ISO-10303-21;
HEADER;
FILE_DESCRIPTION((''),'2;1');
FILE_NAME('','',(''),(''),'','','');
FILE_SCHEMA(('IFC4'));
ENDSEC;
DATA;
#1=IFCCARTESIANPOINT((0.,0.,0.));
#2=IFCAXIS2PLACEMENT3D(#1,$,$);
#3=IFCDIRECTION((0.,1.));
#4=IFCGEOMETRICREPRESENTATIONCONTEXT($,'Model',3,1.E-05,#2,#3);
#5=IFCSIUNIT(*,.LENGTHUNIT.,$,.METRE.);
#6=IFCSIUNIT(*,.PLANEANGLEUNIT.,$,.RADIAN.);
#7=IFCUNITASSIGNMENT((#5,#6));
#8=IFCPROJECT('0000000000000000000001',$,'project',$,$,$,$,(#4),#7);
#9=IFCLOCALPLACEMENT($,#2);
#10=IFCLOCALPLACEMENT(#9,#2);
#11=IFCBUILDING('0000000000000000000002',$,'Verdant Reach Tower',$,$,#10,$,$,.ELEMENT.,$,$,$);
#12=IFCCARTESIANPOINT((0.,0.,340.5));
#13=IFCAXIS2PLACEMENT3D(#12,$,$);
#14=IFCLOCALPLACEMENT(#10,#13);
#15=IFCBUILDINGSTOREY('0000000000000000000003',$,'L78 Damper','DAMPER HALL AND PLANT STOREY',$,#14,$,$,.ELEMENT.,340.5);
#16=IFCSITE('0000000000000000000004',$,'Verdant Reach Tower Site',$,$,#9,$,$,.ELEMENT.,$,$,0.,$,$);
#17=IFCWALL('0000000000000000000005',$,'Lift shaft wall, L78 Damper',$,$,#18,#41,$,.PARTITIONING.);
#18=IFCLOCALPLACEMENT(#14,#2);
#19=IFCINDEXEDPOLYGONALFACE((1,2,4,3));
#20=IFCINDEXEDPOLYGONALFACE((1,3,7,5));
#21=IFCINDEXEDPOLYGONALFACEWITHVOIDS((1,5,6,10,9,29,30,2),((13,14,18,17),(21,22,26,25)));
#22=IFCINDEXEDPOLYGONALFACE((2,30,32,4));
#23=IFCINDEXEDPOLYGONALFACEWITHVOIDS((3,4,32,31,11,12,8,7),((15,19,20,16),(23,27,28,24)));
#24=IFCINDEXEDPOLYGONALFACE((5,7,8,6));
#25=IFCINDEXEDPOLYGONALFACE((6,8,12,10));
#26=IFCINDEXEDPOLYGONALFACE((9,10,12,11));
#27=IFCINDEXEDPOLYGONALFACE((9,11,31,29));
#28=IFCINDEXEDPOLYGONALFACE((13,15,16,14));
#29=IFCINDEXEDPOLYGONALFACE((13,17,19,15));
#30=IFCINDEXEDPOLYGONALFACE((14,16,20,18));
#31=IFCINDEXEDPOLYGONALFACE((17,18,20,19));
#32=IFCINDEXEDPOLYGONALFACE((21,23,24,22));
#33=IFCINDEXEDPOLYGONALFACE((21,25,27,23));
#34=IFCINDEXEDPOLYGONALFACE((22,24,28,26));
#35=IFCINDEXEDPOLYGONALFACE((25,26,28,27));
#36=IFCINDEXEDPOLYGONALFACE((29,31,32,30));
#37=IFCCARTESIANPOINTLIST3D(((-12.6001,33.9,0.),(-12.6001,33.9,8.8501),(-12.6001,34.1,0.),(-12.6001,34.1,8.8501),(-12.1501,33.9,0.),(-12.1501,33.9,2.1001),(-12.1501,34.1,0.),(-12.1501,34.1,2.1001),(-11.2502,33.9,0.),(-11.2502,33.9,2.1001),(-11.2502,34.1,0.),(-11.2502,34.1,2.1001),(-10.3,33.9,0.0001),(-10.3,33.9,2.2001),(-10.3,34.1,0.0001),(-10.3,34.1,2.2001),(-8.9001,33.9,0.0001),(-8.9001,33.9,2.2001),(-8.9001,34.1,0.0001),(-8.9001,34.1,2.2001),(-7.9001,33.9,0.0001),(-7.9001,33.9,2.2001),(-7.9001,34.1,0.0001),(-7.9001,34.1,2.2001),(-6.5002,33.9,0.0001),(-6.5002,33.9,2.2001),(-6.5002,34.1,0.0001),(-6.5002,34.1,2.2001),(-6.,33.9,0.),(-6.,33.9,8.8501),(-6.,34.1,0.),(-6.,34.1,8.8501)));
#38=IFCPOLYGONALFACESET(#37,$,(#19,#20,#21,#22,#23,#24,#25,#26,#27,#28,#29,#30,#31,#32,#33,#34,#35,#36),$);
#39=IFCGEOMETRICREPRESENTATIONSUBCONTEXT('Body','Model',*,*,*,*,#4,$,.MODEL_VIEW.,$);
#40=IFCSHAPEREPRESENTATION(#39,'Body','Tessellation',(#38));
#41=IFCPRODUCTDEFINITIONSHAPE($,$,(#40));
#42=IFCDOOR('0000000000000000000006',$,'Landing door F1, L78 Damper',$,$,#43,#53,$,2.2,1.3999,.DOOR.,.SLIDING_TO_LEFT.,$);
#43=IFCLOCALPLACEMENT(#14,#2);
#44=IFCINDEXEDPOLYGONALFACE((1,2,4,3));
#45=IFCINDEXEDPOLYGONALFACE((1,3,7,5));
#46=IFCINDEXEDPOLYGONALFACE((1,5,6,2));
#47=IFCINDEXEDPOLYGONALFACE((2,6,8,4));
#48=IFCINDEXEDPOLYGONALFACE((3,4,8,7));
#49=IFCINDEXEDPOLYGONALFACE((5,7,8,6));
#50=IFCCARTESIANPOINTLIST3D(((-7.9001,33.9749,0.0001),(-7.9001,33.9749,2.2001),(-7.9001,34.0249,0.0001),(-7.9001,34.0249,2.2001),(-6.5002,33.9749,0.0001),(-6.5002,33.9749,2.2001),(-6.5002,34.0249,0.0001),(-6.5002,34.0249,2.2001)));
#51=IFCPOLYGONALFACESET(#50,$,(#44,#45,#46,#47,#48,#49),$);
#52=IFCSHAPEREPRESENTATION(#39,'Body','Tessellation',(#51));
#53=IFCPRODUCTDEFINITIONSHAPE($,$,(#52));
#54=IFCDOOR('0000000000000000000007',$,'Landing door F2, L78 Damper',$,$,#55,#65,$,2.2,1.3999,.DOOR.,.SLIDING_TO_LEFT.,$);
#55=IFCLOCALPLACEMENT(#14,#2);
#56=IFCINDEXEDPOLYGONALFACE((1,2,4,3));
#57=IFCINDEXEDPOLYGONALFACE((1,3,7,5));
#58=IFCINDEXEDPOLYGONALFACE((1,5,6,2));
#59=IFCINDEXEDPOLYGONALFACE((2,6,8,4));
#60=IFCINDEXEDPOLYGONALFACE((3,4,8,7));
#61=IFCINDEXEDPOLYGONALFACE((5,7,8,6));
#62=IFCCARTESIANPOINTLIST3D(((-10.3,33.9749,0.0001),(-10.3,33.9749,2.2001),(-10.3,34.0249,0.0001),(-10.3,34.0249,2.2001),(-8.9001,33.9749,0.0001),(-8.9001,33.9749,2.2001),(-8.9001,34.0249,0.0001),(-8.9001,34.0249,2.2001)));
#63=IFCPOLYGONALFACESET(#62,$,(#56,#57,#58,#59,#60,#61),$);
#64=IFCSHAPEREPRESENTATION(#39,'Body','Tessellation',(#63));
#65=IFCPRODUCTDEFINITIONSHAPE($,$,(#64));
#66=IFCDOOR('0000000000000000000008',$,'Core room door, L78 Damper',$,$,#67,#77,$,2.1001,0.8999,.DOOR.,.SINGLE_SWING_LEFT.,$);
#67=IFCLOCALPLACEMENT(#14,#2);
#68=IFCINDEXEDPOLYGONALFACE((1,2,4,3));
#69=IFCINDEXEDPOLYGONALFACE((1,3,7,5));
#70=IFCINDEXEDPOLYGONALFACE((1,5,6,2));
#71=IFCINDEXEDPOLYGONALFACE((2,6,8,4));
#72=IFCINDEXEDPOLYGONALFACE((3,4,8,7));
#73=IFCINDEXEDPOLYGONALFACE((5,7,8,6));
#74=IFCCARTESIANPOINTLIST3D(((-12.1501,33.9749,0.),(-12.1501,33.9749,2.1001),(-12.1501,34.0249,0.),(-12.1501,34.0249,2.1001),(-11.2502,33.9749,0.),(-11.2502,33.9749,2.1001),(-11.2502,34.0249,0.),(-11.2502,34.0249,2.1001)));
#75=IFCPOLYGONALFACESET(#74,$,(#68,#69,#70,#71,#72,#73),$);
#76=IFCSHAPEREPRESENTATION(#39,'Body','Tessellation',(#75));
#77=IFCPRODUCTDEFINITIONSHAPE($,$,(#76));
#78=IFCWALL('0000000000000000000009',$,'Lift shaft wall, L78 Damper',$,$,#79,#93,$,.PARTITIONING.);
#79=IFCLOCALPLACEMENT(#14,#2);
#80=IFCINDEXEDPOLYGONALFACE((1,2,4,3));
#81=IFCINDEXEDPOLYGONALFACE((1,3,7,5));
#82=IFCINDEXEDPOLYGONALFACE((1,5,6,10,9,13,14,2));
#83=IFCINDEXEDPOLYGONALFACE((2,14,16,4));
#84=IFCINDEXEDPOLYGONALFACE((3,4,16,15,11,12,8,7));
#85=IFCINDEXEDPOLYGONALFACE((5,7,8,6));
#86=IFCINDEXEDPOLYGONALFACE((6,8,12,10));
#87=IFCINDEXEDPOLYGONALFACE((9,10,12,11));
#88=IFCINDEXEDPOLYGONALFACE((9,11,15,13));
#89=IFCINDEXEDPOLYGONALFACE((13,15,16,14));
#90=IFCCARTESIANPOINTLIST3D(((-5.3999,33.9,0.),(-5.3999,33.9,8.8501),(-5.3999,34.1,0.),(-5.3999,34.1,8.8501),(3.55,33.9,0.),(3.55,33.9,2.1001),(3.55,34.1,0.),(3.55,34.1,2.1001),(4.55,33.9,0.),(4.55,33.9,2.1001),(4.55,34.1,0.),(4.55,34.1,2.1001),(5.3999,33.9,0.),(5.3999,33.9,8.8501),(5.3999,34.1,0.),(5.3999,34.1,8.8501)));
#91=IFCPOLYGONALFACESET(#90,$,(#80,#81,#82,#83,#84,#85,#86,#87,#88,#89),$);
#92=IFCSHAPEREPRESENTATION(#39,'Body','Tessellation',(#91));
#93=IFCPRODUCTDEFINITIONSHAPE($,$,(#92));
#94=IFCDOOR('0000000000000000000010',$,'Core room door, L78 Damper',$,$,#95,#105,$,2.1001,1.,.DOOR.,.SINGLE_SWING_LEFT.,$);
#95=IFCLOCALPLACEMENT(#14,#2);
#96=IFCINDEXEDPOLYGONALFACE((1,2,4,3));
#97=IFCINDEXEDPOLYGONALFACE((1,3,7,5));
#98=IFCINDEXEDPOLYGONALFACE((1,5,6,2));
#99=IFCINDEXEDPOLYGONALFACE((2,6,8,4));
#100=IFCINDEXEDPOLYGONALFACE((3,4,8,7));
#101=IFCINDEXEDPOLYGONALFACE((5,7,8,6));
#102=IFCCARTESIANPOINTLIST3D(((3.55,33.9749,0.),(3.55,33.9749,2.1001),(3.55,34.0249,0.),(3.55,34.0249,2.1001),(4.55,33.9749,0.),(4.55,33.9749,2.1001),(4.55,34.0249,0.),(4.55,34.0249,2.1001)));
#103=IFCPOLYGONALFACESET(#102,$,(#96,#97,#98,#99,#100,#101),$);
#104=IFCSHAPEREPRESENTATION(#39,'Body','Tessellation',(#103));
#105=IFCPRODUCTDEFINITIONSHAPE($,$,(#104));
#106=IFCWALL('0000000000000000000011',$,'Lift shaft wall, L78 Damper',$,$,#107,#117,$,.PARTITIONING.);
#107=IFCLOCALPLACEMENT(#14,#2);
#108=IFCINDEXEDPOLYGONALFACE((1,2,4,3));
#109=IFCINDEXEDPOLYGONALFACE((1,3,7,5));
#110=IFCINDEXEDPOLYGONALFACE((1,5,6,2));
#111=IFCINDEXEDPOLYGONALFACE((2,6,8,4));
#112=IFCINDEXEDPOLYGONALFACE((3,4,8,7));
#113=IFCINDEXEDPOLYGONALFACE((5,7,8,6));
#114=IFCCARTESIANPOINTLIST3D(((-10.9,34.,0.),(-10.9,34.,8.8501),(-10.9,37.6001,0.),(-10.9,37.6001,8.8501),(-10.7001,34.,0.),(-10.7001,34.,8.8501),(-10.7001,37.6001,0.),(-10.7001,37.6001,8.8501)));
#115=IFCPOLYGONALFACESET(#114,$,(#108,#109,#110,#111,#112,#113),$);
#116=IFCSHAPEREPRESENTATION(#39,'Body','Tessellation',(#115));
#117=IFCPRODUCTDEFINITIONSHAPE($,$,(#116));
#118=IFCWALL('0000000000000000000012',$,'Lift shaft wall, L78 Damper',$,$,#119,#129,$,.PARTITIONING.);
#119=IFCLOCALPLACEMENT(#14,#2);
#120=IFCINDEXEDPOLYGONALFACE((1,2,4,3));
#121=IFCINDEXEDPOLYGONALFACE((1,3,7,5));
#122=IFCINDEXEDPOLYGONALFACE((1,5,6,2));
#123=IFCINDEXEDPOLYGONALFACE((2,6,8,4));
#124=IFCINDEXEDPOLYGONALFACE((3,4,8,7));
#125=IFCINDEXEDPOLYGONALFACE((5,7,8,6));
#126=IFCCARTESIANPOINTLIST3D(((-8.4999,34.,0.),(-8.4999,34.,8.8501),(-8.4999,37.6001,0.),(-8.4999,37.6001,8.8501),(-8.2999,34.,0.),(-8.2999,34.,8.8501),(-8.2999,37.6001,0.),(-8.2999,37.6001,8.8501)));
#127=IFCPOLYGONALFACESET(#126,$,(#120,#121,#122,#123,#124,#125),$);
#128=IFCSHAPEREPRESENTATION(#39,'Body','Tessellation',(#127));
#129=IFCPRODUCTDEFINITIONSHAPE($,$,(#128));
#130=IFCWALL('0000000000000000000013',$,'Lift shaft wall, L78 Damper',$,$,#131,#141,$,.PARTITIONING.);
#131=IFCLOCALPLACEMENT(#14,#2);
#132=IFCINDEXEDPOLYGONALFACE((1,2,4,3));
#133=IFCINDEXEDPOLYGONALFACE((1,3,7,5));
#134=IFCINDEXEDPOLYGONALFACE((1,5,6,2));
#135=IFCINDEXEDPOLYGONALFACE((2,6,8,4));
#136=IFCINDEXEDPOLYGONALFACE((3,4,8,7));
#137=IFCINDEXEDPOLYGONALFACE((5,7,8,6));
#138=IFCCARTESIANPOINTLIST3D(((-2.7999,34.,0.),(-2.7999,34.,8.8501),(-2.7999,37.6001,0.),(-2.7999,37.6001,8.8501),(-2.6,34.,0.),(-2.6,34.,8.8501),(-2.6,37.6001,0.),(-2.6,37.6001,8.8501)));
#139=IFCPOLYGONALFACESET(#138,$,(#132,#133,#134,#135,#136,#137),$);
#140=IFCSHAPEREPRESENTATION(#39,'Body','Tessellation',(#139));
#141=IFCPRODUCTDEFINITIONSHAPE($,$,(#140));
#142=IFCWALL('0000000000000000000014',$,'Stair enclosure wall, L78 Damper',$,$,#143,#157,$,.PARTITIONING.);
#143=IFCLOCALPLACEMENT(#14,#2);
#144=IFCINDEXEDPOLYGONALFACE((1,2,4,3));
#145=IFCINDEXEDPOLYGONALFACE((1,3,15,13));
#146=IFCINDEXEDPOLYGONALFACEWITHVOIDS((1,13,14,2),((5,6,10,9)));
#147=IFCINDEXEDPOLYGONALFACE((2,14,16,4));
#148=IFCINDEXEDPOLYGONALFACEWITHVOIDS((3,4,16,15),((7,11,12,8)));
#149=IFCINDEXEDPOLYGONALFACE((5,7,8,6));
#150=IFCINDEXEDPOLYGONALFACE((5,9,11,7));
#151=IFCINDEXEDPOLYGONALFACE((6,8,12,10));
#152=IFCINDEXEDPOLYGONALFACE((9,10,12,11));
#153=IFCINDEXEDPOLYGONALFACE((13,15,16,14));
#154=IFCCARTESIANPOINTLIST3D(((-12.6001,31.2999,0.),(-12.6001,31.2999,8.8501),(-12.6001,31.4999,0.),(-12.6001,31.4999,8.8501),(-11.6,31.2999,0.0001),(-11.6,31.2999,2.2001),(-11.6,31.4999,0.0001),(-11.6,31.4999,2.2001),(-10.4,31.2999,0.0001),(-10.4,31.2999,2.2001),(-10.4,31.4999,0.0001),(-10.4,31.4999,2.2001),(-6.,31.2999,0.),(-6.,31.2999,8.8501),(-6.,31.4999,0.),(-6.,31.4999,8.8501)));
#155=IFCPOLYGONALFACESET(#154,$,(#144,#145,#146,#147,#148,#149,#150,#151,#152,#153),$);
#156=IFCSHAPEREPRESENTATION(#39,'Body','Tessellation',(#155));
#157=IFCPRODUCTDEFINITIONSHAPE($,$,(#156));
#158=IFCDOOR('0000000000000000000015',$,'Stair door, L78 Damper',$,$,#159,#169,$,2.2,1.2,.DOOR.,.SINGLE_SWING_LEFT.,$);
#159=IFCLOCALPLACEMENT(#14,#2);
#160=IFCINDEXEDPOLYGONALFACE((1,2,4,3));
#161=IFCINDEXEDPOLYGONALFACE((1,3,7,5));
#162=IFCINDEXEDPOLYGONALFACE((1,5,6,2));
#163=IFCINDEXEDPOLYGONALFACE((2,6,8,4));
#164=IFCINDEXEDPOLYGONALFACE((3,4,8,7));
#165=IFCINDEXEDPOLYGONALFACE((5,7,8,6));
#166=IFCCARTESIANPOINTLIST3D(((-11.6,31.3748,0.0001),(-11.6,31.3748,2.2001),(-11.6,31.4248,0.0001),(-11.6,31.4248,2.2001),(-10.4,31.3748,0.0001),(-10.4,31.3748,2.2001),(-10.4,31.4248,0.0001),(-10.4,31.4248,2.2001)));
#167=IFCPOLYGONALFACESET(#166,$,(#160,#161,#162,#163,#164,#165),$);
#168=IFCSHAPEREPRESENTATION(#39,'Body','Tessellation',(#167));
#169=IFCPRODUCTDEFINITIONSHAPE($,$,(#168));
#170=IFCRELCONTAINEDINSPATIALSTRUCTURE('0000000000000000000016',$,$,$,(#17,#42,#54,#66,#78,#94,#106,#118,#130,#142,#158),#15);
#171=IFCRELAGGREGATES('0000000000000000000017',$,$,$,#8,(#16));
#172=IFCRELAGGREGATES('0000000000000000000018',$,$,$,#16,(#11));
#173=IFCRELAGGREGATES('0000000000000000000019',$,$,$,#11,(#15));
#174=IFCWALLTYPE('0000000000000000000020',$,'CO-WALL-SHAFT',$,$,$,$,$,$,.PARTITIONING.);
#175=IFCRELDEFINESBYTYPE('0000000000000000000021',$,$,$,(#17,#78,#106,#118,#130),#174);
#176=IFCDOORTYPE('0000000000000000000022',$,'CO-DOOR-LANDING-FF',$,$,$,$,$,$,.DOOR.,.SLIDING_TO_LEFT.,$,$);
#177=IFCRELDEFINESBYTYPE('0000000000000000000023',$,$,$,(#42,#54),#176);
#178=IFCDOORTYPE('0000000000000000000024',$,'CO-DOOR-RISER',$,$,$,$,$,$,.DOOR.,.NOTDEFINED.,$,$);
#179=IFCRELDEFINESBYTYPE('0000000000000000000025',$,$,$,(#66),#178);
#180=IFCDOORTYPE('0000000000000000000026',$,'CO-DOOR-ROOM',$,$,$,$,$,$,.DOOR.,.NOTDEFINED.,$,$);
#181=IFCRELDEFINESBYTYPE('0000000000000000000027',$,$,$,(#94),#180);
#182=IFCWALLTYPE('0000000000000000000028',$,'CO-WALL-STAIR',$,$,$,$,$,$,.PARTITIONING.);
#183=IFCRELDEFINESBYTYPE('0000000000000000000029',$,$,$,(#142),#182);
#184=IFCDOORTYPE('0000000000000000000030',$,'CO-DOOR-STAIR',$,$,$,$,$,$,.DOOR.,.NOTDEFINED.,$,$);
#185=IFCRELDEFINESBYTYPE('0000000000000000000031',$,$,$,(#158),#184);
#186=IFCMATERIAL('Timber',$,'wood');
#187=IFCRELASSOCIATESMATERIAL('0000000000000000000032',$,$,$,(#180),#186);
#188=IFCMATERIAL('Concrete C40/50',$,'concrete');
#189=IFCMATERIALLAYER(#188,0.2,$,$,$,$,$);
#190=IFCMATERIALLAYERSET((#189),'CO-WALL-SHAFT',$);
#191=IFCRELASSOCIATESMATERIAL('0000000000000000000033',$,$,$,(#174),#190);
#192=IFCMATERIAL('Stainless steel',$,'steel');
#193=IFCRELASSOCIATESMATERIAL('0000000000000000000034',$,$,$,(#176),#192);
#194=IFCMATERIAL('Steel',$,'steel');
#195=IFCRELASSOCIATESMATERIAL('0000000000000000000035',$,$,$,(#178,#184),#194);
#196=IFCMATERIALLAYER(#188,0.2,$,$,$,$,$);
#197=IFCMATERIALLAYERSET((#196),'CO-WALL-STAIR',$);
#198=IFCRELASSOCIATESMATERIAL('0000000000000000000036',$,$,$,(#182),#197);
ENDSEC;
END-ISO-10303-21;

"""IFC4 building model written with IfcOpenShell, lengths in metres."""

from ifc_helpers import new_model, si_unit, direction, frame, frame_2d, origin, place, context, subcontext, project, spatial, rectangle, extrude, material, layer, layer_set, type_object, element, fill, save


model = new_model("IFC4")

# Units and contexts
model_context = context("Model", 3, precision=1e-05, world=origin(), true_north=direction((0.0, 1.0)))
body_context = subcontext(model_context, "Body", "Model", "MODEL_VIEW")
ifc_project = project(units=[si_unit("LENGTHUNIT", "METRE"), si_unit("PLANEANGLEUNIT", "RADIAN")], contexts=[model_context])

# Site, building, storey
site_placement = place(None, origin())
site = spatial("IfcSite", under=ifc_project, at=site_placement, Name="Verdant Reach Tower Site", CompositionType="ELEMENT", RefElevation=0.0)
building_placement = place(site_placement, origin())
building = spatial("IfcBuilding", under=site, at=building_placement, Name="Verdant Reach Tower", CompositionType="ELEMENT")
storey_placement = place(building_placement, frame((0.0, 0.0, 340.5)))
storey = spatial("IfcBuildingStorey", under=building, at=storey_placement, Name="L78 Damper", Description="DAMPER HALL AND PLANT STOREY", CompositionType="ELEMENT", Elevation=340.5)

# Shared definitions
ifc_material_1 = material(Name="Timber", Category="wood")
door_type_1 = type_object("IfcDoorType", Name="CO-DOOR-ROOM", OperationType="NOTDEFINED", PredefinedType="DOOR", material=ifc_material_1)

# Wall, openings, doors
ifc_material_2 = material(Name="Concrete C40/50", Category="concrete")
ifc_layer_1 = layer(ifc_material_2, 0.2)
ifc_layer_set_1 = layer_set([ifc_layer_1], Name="CO-WALL-SHAFT")
wall_type_1 = type_object("IfcWallType", Name="CO-WALL-SHAFT", PredefinedType="PARTITIONING", material=ifc_layer_set_1)
wall_1_placement = place(storey_placement, frame((-12.6001, 34.0, 0.0), z_axis=(0.0, 0.0, 1.0), x_axis=(1.0, 0.0, 0.0)))
wall_1 = element("IfcWall", 1, at=wall_1_placement, inside=storey, type_object=wall_type_1, Name="Lift shaft wall, L78 Damper", PredefinedType="PARTITIONING", context=body_context, shape_type="SweptSolid", body=[
    extrude(rectangle(XDim=6.6001, YDim=0.2, at=frame_2d((3.3, 0.0))), origin(), (0.0, 0.0, 1.0), 8.8501),
])
opening_1_placement = place(wall_1_placement, frame((4.7, 0.0, 0.0)))
opening_1 = element("IfcOpeningElement", 2, at=opening_1_placement, cuts=wall_1, PredefinedType="OPENING", context=body_context, shape_type="SweptSolid", body=[
    extrude(rectangle(XDim=1.3999, YDim=2.2, at=frame_2d((0.7, 1.1001))), frame((0.0, 0.1099, 0.0), z_axis=(0.0, -1.0, 0.0), x_axis=(1.0, 0.0, 0.0)), (0.0, 0.0, 1.0), 0.22),
])
opening_2_placement = place(wall_1_placement, frame((2.3, 0.0, 0.0)))
opening_2 = element("IfcOpeningElement", 3, at=opening_2_placement, cuts=wall_1, PredefinedType="OPENING", context=body_context, shape_type="SweptSolid", body=[
    extrude(rectangle(XDim=1.3999, YDim=2.2, at=frame_2d((0.7, 1.1001))), frame((0.0, 0.1099, 0.0), z_axis=(0.0, -1.0, 0.0), x_axis=(1.0, 0.0, 0.0)), (0.0, 0.0, 1.0), 0.22),
])
opening_3_placement = place(wall_1_placement, frame((0.45, 0.0, 0.0)))
opening_3 = element("IfcOpeningElement", 4, at=opening_3_placement, cuts=wall_1, PredefinedType="OPENING", context=body_context, shape_type="SweptSolid", body=[
    extrude(rectangle(XDim=0.8999, YDim=2.1001, at=frame_2d((0.45, 1.05))), frame((0.0, 0.1099, 0.0), z_axis=(0.0, -1.0, 0.0), x_axis=(1.0, 0.0, 0.0)), (0.0, 0.0, 1.0), 0.22),
])
ifc_material_3 = material(Name="Stainless steel", Category="steel")
door_type_2 = type_object("IfcDoorType", Name="CO-DOOR-LANDING-FF", OperationType="SLIDING_TO_LEFT", PredefinedType="DOOR", material=ifc_material_3)
door_1_placement = place(opening_1_placement, origin())
door_1 = element("IfcDoor", 5, at=door_1_placement, inside=storey, type_object=door_type_2, Name="Landing door F1, L78 Damper", OperationType="SLIDING_TO_LEFT", OverallHeight=2.2, OverallWidth=1.3999, PredefinedType="DOOR", context=body_context, shape_type="SweptSolid", body=[
    extrude(rectangle(XDim=1.3999, YDim=2.2, at=frame_2d((0.7, 1.1001))), frame((0.0, 0.0249, 0.0), z_axis=(0.0, -1.0, 0.0), x_axis=(1.0, 0.0, 0.0)), (0.0, 0.0, 1.0), 0.05),
])
fill(opening_1, door_1)
door_2_placement = place(opening_2_placement, origin())
door_2 = element("IfcDoor", 6, at=door_2_placement, inside=storey, type_object=door_type_2, Name="Landing door F2, L78 Damper", OperationType="SLIDING_TO_LEFT", OverallHeight=2.2, OverallWidth=1.3999, PredefinedType="DOOR", context=body_context, shape_type="SweptSolid", body=[
    extrude(rectangle(XDim=1.3999, YDim=2.2, at=frame_2d((0.7, 1.1001))), frame((0.0, 0.0249, 0.0), z_axis=(0.0, -1.0, 0.0), x_axis=(1.0, 0.0, 0.0)), (0.0, 0.0, 1.0), 0.05),
])
fill(opening_2, door_2)
ifc_material_4 = material(Name="Steel", Category="steel")
door_type_3 = type_object("IfcDoorType", Name="CO-DOOR-RISER", OperationType="NOTDEFINED", PredefinedType="DOOR", material=ifc_material_4)
door_3_placement = place(opening_3_placement, origin())
door_3 = element("IfcDoor", 7, at=door_3_placement, inside=storey, type_object=door_type_3, Name="Core room door, L78 Damper", OperationType="SINGLE_SWING_LEFT", OverallHeight=2.1001, OverallWidth=0.8999, PredefinedType="DOOR", context=body_context, shape_type="SweptSolid", body=[
    extrude(rectangle(XDim=0.8999, YDim=2.1001, at=frame_2d((0.45, 1.05))), frame((0.0, 0.0249, 0.0), z_axis=(0.0, -1.0, 0.0), x_axis=(1.0, 0.0, 0.0)), (0.0, 0.0, 1.0), 0.05),
])
fill(opening_3, door_3)

# Wall, opening, door
wall_2_placement = place(storey_placement, frame((-5.3999, 34.0, 0.0), z_axis=(0.0, 0.0, 1.0), x_axis=(1.0, 0.0, 0.0)))
wall_2 = element("IfcWall", 8, at=wall_2_placement, inside=storey, type_object=wall_type_1, Name="Lift shaft wall, L78 Damper", PredefinedType="PARTITIONING", context=body_context, shape_type="SweptSolid", body=[
    extrude(rectangle(XDim=10.7998, YDim=0.2, at=frame_2d((5.3999, 0.0))), origin(), (0.0, 0.0, 1.0), 8.8501),
])
opening_4_placement = place(wall_2_placement, frame((8.95, 0.0, 0.0)))
opening_4 = element("IfcOpeningElement", 9, at=opening_4_placement, cuts=wall_2, PredefinedType="OPENING", context=body_context, shape_type="SweptSolid", body=[
    extrude(rectangle(XDim=1.0, YDim=2.1001, at=frame_2d((0.5, 1.05))), frame((0.0, 0.1099, 0.0), z_axis=(0.0, -1.0, 0.0), x_axis=(1.0, 0.0, 0.0)), (0.0, 0.0, 1.0), 0.22),
])
door_4_placement = place(opening_4_placement, origin())
door_4 = element("IfcDoor", 10, at=door_4_placement, inside=storey, type_object=door_type_1, Name="Core room door, L78 Damper", OperationType="SINGLE_SWING_LEFT", OverallHeight=2.1001, OverallWidth=1.0, PredefinedType="DOOR", context=body_context, shape_type="SweptSolid", body=[
    extrude(rectangle(XDim=1.0, YDim=2.1001, at=frame_2d((0.5, 1.05))), frame((0.0, 0.0249, 0.0), z_axis=(0.0, -1.0, 0.0), x_axis=(1.0, 0.0, 0.0)), (0.0, 0.0, 1.0), 0.05),
])
fill(opening_4, door_4)

# Walls
for number, where, z_axis, x_axis, name in (
    (11, (-10.8, 34.0, 0.0), (0.0, 0.0, 1.0), (0.0, 1.0, 0.0), "Lift shaft wall, L78 Damper"),
    (12, (-8.3999, 34.0, 0.0), (0.0, 0.0, 1.0), (0.0, 1.0, 0.0), "Lift shaft wall, L78 Damper"),
    (13, (-2.7, 34.0, 0.0), (0.0, 0.0, 1.0), (0.0, 1.0, 0.0), "Lift shaft wall, L78 Damper"),
):
    element("IfcWall", number, at=place(storey_placement, frame(where, z_axis=z_axis, x_axis=x_axis)), inside=storey, type_object=wall_type_1, Name=name, PredefinedType="PARTITIONING", context=body_context, shape_type="SweptSolid", body=[
        extrude(rectangle(XDim=3.6001, YDim=0.2, at=frame_2d((1.8, 0.0))), origin(), (0.0, 0.0, 1.0), 8.8501),
    ])

# Wall, opening, door
ifc_layer_2 = layer(ifc_material_2, 0.2)
ifc_layer_set_2 = layer_set([ifc_layer_2], Name="CO-WALL-STAIR")
wall_type_2 = type_object("IfcWallType", Name="CO-WALL-STAIR", PredefinedType="PARTITIONING", material=ifc_layer_set_2)
wall_3_placement = place(storey_placement, frame((-12.6001, 31.3999, 0.0), z_axis=(0.0, 0.0, 1.0), x_axis=(1.0, 0.0, 0.0)))
wall_3 = element("IfcWall", 14, at=wall_3_placement, inside=storey, type_object=wall_type_2, Name="Stair enclosure wall, L78 Damper", PredefinedType="PARTITIONING", context=body_context, shape_type="SweptSolid", body=[
    extrude(rectangle(XDim=6.6001, YDim=0.2, at=frame_2d((3.3, 0.0))), origin(), (0.0, 0.0, 1.0), 8.8501),
])
opening_5_placement = place(wall_3_placement, frame((1.0, 0.0, 0.0)))
opening_5 = element("IfcOpeningElement", 15, at=opening_5_placement, cuts=wall_3, PredefinedType="OPENING", context=body_context, shape_type="SweptSolid", body=[
    extrude(rectangle(XDim=1.2, YDim=2.2, at=frame_2d((0.6001, 1.1001))), frame((0.0, 0.1099, 0.0), z_axis=(0.0, -1.0, 0.0), x_axis=(1.0, 0.0, 0.0)), (0.0, 0.0, 1.0), 0.22),
])
door_type_4 = type_object("IfcDoorType", Name="CO-DOOR-STAIR", OperationType="NOTDEFINED", PredefinedType="DOOR", material=ifc_material_4)
door_5_placement = place(opening_5_placement, origin())
door_5 = element("IfcDoor", 16, at=door_5_placement, inside=storey, type_object=door_type_4, Name="Stair door, L78 Damper", OperationType="SINGLE_SWING_LEFT", OverallHeight=2.2, OverallWidth=1.2, PredefinedType="DOOR", context=body_context, shape_type="SweptSolid", body=[
    extrude(rectangle(XDim=1.2, YDim=2.2, at=frame_2d((0.6001, 1.1001))), frame((0.0, 0.0249, 0.0), z_axis=(0.0, -1.0, 0.0), x_axis=(1.0, 0.0, 0.0)), (0.0, 0.0, 1.0), 0.05),
])
fill(opening_5, door_5)

save(model, "model.ifc")
